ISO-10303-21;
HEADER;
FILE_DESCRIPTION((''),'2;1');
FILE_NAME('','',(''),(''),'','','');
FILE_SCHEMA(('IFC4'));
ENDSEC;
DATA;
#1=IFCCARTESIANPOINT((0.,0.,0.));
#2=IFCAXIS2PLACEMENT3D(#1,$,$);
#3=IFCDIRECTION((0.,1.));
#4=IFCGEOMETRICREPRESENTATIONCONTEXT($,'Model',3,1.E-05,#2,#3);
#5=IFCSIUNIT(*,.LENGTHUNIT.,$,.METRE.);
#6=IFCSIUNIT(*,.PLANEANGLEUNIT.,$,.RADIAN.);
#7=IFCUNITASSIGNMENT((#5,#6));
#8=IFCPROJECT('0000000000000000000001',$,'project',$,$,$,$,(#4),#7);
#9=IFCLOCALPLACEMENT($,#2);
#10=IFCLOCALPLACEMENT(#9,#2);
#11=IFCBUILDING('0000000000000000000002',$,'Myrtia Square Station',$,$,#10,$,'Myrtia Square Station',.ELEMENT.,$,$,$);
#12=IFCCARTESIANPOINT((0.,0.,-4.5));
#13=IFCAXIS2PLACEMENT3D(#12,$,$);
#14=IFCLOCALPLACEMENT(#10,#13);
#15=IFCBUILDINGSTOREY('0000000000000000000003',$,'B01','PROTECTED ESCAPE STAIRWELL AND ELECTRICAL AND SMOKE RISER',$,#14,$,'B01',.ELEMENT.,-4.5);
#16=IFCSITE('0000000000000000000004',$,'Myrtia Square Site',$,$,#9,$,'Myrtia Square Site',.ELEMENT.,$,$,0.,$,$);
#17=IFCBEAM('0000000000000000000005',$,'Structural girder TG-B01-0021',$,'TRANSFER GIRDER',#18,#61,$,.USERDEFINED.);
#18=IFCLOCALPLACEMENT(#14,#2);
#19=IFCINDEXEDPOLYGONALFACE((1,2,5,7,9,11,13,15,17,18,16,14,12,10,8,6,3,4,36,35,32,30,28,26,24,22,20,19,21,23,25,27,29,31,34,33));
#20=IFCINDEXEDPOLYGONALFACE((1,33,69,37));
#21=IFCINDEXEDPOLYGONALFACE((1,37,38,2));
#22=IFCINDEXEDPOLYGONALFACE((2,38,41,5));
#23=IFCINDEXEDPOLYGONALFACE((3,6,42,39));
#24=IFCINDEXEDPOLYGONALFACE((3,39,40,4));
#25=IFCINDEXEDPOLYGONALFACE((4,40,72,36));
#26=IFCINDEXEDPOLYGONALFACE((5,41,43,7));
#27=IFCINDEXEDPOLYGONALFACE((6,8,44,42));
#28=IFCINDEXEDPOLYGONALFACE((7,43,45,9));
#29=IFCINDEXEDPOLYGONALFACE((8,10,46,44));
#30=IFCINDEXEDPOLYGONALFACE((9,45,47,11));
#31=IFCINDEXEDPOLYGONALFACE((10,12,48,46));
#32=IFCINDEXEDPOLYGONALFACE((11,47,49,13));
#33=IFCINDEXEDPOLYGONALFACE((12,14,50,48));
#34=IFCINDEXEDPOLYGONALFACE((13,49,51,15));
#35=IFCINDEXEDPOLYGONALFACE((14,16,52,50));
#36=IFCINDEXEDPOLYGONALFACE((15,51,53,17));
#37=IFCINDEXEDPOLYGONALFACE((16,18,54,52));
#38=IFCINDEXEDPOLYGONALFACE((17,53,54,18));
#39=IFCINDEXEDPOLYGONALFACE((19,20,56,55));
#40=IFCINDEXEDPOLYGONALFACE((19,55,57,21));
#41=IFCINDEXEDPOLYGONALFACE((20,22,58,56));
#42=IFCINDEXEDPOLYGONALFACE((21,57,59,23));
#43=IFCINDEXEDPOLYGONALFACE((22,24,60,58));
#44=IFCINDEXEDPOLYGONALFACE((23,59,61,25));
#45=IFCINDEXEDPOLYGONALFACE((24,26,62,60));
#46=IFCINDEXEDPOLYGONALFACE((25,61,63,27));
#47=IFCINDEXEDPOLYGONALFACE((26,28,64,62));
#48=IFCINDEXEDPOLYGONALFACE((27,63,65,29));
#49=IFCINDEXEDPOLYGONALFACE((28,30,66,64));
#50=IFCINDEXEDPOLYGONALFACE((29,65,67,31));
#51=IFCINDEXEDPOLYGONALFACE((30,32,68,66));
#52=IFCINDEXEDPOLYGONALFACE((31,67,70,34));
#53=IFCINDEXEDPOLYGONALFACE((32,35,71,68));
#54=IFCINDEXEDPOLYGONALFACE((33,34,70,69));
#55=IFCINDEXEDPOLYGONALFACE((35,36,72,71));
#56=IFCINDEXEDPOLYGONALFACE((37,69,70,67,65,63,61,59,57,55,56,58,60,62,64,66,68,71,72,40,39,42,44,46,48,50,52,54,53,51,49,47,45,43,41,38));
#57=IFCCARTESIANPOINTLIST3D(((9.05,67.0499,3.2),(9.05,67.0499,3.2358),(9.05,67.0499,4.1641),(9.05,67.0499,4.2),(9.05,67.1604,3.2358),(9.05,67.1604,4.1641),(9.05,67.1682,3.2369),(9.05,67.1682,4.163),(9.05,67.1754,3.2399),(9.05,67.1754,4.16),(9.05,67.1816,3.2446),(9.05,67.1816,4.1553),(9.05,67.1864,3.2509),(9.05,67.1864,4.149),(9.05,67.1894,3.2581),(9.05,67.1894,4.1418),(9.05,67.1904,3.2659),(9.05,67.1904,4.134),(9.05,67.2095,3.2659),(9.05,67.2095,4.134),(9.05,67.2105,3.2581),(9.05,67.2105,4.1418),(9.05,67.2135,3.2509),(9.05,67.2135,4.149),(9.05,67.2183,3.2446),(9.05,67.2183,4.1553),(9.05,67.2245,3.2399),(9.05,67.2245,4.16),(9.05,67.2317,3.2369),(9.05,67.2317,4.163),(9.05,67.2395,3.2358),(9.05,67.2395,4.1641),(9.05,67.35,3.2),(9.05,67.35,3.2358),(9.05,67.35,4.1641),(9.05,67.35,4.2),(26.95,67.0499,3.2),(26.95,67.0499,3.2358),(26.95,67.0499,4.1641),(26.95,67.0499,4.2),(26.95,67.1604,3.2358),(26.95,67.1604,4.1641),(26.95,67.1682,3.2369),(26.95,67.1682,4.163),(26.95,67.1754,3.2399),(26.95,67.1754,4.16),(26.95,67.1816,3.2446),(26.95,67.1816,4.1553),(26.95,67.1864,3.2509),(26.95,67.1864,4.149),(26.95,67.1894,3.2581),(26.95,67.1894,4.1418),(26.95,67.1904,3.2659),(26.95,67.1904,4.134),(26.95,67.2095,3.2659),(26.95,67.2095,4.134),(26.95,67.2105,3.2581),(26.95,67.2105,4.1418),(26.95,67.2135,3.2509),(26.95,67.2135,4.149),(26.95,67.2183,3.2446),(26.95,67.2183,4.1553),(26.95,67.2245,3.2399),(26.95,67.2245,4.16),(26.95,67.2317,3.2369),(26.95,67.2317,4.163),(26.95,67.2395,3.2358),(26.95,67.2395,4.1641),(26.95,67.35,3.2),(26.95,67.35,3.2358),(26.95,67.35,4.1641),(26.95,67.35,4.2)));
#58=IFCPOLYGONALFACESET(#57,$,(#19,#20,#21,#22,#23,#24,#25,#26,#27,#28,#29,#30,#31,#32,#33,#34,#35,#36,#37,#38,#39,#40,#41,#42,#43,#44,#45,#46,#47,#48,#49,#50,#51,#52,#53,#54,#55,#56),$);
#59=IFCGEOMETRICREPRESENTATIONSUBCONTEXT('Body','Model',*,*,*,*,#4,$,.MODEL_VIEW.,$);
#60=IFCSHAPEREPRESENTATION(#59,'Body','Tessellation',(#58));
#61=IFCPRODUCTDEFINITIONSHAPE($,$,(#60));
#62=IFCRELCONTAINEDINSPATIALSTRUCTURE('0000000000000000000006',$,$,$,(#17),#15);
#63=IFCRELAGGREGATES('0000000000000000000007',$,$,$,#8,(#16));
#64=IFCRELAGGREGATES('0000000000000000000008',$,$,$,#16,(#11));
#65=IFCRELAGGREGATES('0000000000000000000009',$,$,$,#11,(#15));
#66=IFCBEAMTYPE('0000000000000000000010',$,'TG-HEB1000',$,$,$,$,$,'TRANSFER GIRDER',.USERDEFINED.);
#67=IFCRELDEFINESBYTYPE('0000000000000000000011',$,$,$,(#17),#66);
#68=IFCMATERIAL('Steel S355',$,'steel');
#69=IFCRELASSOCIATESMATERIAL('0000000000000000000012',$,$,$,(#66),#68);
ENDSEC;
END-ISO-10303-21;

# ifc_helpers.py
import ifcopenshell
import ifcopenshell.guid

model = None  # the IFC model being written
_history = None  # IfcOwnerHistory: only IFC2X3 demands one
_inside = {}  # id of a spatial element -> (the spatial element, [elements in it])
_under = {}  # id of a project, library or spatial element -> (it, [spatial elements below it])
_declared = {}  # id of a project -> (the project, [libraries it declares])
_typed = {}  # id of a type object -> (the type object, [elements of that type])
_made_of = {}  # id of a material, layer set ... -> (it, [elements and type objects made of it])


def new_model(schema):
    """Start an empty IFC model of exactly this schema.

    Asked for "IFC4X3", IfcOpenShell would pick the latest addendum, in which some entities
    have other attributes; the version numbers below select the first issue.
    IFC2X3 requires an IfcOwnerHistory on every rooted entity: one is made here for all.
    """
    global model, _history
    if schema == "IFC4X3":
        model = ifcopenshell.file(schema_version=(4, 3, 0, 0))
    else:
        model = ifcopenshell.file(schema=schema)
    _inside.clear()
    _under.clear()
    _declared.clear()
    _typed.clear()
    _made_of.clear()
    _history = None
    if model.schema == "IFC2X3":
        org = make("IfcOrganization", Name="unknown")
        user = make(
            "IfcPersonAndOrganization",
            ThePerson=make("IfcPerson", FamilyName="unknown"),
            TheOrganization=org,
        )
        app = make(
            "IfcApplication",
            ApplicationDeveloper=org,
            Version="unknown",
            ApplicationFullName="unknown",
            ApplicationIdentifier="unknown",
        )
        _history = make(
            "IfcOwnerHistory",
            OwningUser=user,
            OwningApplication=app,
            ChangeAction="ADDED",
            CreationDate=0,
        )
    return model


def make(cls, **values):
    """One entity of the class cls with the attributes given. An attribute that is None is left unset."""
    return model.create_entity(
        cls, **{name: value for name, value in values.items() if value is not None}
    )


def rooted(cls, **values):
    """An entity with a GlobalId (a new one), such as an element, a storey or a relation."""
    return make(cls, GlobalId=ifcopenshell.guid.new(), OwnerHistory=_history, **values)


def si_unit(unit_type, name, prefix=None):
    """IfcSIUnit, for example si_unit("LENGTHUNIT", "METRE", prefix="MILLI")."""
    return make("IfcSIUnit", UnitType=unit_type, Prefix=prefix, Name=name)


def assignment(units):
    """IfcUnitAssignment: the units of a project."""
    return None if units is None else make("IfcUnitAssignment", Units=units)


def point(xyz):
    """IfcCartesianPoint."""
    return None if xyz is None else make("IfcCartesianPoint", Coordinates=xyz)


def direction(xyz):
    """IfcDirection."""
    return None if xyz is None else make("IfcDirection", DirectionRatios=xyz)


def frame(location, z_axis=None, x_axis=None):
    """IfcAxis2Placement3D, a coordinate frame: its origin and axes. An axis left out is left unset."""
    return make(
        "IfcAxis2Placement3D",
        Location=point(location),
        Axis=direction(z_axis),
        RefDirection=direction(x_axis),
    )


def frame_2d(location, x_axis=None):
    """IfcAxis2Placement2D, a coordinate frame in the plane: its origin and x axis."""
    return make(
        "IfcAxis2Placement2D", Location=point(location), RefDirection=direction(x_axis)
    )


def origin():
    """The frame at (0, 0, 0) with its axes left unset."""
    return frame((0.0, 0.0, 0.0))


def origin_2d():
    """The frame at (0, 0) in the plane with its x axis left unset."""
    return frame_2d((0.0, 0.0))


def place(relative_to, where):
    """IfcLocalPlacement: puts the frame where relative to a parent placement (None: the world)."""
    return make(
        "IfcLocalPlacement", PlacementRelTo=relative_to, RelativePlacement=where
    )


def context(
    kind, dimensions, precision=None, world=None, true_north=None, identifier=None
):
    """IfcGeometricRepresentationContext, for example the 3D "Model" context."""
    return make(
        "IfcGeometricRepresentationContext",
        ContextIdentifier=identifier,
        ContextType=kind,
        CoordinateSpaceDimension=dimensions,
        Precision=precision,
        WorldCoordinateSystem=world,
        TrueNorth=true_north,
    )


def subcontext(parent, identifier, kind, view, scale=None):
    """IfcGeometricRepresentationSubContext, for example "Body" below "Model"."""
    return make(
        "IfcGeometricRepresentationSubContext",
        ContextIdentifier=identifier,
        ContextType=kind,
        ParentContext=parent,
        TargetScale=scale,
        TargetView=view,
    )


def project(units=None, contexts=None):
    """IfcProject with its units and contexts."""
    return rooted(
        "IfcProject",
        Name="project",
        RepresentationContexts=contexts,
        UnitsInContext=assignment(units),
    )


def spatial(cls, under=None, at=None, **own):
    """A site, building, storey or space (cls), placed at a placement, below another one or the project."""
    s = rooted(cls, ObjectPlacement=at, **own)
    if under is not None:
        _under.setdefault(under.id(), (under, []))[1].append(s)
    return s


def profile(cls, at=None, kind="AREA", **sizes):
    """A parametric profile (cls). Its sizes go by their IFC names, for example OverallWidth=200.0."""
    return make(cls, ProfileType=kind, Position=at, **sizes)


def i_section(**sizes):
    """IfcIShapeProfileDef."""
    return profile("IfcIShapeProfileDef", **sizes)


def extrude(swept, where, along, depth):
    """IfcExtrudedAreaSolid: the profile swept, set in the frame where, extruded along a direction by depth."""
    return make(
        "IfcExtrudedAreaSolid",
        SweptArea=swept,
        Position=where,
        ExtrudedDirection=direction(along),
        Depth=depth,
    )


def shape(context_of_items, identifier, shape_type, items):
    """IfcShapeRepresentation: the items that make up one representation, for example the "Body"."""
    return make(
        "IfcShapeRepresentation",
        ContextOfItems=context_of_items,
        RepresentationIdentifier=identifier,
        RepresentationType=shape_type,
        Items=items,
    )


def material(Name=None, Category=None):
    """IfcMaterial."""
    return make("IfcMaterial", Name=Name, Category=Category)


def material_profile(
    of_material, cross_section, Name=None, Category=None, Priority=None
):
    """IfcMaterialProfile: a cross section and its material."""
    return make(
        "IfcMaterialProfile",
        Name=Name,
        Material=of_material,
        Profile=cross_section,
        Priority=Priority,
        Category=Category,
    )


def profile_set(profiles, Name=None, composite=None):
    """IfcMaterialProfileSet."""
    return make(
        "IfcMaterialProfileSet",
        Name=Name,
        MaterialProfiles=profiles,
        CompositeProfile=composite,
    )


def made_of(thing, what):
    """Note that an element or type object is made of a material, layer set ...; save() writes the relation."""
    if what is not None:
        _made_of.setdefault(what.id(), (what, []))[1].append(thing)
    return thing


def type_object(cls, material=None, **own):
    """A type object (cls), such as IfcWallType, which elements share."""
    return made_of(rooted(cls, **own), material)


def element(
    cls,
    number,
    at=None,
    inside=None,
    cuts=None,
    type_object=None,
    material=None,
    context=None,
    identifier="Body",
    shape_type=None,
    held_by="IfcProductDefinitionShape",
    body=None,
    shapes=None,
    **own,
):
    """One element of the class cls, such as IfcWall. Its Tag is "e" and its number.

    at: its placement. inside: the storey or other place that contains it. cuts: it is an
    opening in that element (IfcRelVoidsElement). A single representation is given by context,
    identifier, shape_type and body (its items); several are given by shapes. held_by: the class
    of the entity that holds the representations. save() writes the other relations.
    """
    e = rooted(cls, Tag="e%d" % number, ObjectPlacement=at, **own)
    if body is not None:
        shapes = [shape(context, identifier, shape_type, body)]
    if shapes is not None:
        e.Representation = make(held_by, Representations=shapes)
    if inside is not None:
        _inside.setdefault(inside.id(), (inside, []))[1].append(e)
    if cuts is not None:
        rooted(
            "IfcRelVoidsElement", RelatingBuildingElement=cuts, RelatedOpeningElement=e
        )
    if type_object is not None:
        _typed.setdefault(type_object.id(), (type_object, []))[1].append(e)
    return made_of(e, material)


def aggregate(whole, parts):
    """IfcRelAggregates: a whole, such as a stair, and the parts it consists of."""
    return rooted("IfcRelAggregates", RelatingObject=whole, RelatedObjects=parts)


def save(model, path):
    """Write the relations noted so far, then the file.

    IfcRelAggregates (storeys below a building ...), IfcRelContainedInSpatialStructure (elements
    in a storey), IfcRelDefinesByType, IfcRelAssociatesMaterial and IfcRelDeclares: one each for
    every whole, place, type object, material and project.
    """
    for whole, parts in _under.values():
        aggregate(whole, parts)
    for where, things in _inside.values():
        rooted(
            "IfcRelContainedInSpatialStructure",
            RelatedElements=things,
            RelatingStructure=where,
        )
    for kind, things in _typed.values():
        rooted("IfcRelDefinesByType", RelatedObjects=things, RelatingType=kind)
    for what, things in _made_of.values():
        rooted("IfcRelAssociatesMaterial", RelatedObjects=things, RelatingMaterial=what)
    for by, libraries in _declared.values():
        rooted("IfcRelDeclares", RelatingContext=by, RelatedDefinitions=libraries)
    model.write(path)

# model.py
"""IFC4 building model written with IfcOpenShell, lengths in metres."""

from ifc_helpers import new_model, si_unit, direction, frame, origin, origin_2d, place, context, subcontext, project, spatial, i_section, extrude, material, material_profile, profile_set, type_object, element, save


model = new_model("IFC4")

# Units and contexts
model_context = context("Model", 3, precision=1e-05, world=origin(), true_north=direction((0.0, 1.0)))
body_context = subcontext(model_context, "Body", "Model", "MODEL_VIEW")
ifc_project = project(units=[si_unit("LENGTHUNIT", "METRE"), si_unit("PLANEANGLEUNIT", "RADIAN")], contexts=[model_context])

# Site, building, storey
site_placement = place(None, origin())
site = spatial("IfcSite", under=ifc_project, at=site_placement, Name="Myrtia Square Site", LongName="Myrtia Square Site", CompositionType="ELEMENT", RefElevation=0.0)
building_placement = place(site_placement, origin())
building = spatial("IfcBuilding", under=site, at=building_placement, Name="Myrtia Square Station", LongName="Myrtia Square Station", CompositionType="ELEMENT")
storey_placement = place(building_placement, frame((0.0, 0.0, -4.5)))
storey = spatial("IfcBuildingStorey", under=building, at=storey_placement, Name="B01", Description="PROTECTED ESCAPE STAIRWELL AND ELECTRICAL AND SMOKE RISER", LongName="B01", CompositionType="ELEMENT", Elevation=-4.5)

# Shared definitions
ifc_material_1 = material(Name="Steel S355", Category="steel")

# Beam
ifc_material_profile_1 = material_profile(ifc_material_1, i_section(OverallWidth=0.3, OverallDepth=1.0, WebThickness=0.019, FlangeThickness=0.0359, FilletRadius=0.03, at=origin_2d()), Name="HEB 1000")
ifc_profile_set_1 = profile_set([ifc_material_profile_1], Name="Steel S355")
beam_type_1 = type_object("IfcBeamType", Name="TG-HEB1000", ElementType="TRANSFER GIRDER", PredefinedType="USERDEFINED", material=ifc_profile_set_1)
beam_1_placement = place(storey_placement, frame((9.05, 67.2, 3.7), z_axis=(1.0, 0.0, 0.0), x_axis=(0.0, 1.0, 0.0)))
element("IfcBeam", 1, at=beam_1_placement, inside=storey, type_object=beam_type_1, Name="Structural girder TG-B01-0021", ObjectType="TRANSFER GIRDER", PredefinedType="USERDEFINED", context=body_context, shape_type="SweptSolid", body=[
    extrude(i_section(OverallWidth=0.3, OverallDepth=1.0, WebThickness=0.019, FlangeThickness=0.0359, FilletRadius=0.03, at=origin_2d()), origin(), (0.0, 0.0, 1.0), 17.8999),
])

save(model, "model.ifc")
